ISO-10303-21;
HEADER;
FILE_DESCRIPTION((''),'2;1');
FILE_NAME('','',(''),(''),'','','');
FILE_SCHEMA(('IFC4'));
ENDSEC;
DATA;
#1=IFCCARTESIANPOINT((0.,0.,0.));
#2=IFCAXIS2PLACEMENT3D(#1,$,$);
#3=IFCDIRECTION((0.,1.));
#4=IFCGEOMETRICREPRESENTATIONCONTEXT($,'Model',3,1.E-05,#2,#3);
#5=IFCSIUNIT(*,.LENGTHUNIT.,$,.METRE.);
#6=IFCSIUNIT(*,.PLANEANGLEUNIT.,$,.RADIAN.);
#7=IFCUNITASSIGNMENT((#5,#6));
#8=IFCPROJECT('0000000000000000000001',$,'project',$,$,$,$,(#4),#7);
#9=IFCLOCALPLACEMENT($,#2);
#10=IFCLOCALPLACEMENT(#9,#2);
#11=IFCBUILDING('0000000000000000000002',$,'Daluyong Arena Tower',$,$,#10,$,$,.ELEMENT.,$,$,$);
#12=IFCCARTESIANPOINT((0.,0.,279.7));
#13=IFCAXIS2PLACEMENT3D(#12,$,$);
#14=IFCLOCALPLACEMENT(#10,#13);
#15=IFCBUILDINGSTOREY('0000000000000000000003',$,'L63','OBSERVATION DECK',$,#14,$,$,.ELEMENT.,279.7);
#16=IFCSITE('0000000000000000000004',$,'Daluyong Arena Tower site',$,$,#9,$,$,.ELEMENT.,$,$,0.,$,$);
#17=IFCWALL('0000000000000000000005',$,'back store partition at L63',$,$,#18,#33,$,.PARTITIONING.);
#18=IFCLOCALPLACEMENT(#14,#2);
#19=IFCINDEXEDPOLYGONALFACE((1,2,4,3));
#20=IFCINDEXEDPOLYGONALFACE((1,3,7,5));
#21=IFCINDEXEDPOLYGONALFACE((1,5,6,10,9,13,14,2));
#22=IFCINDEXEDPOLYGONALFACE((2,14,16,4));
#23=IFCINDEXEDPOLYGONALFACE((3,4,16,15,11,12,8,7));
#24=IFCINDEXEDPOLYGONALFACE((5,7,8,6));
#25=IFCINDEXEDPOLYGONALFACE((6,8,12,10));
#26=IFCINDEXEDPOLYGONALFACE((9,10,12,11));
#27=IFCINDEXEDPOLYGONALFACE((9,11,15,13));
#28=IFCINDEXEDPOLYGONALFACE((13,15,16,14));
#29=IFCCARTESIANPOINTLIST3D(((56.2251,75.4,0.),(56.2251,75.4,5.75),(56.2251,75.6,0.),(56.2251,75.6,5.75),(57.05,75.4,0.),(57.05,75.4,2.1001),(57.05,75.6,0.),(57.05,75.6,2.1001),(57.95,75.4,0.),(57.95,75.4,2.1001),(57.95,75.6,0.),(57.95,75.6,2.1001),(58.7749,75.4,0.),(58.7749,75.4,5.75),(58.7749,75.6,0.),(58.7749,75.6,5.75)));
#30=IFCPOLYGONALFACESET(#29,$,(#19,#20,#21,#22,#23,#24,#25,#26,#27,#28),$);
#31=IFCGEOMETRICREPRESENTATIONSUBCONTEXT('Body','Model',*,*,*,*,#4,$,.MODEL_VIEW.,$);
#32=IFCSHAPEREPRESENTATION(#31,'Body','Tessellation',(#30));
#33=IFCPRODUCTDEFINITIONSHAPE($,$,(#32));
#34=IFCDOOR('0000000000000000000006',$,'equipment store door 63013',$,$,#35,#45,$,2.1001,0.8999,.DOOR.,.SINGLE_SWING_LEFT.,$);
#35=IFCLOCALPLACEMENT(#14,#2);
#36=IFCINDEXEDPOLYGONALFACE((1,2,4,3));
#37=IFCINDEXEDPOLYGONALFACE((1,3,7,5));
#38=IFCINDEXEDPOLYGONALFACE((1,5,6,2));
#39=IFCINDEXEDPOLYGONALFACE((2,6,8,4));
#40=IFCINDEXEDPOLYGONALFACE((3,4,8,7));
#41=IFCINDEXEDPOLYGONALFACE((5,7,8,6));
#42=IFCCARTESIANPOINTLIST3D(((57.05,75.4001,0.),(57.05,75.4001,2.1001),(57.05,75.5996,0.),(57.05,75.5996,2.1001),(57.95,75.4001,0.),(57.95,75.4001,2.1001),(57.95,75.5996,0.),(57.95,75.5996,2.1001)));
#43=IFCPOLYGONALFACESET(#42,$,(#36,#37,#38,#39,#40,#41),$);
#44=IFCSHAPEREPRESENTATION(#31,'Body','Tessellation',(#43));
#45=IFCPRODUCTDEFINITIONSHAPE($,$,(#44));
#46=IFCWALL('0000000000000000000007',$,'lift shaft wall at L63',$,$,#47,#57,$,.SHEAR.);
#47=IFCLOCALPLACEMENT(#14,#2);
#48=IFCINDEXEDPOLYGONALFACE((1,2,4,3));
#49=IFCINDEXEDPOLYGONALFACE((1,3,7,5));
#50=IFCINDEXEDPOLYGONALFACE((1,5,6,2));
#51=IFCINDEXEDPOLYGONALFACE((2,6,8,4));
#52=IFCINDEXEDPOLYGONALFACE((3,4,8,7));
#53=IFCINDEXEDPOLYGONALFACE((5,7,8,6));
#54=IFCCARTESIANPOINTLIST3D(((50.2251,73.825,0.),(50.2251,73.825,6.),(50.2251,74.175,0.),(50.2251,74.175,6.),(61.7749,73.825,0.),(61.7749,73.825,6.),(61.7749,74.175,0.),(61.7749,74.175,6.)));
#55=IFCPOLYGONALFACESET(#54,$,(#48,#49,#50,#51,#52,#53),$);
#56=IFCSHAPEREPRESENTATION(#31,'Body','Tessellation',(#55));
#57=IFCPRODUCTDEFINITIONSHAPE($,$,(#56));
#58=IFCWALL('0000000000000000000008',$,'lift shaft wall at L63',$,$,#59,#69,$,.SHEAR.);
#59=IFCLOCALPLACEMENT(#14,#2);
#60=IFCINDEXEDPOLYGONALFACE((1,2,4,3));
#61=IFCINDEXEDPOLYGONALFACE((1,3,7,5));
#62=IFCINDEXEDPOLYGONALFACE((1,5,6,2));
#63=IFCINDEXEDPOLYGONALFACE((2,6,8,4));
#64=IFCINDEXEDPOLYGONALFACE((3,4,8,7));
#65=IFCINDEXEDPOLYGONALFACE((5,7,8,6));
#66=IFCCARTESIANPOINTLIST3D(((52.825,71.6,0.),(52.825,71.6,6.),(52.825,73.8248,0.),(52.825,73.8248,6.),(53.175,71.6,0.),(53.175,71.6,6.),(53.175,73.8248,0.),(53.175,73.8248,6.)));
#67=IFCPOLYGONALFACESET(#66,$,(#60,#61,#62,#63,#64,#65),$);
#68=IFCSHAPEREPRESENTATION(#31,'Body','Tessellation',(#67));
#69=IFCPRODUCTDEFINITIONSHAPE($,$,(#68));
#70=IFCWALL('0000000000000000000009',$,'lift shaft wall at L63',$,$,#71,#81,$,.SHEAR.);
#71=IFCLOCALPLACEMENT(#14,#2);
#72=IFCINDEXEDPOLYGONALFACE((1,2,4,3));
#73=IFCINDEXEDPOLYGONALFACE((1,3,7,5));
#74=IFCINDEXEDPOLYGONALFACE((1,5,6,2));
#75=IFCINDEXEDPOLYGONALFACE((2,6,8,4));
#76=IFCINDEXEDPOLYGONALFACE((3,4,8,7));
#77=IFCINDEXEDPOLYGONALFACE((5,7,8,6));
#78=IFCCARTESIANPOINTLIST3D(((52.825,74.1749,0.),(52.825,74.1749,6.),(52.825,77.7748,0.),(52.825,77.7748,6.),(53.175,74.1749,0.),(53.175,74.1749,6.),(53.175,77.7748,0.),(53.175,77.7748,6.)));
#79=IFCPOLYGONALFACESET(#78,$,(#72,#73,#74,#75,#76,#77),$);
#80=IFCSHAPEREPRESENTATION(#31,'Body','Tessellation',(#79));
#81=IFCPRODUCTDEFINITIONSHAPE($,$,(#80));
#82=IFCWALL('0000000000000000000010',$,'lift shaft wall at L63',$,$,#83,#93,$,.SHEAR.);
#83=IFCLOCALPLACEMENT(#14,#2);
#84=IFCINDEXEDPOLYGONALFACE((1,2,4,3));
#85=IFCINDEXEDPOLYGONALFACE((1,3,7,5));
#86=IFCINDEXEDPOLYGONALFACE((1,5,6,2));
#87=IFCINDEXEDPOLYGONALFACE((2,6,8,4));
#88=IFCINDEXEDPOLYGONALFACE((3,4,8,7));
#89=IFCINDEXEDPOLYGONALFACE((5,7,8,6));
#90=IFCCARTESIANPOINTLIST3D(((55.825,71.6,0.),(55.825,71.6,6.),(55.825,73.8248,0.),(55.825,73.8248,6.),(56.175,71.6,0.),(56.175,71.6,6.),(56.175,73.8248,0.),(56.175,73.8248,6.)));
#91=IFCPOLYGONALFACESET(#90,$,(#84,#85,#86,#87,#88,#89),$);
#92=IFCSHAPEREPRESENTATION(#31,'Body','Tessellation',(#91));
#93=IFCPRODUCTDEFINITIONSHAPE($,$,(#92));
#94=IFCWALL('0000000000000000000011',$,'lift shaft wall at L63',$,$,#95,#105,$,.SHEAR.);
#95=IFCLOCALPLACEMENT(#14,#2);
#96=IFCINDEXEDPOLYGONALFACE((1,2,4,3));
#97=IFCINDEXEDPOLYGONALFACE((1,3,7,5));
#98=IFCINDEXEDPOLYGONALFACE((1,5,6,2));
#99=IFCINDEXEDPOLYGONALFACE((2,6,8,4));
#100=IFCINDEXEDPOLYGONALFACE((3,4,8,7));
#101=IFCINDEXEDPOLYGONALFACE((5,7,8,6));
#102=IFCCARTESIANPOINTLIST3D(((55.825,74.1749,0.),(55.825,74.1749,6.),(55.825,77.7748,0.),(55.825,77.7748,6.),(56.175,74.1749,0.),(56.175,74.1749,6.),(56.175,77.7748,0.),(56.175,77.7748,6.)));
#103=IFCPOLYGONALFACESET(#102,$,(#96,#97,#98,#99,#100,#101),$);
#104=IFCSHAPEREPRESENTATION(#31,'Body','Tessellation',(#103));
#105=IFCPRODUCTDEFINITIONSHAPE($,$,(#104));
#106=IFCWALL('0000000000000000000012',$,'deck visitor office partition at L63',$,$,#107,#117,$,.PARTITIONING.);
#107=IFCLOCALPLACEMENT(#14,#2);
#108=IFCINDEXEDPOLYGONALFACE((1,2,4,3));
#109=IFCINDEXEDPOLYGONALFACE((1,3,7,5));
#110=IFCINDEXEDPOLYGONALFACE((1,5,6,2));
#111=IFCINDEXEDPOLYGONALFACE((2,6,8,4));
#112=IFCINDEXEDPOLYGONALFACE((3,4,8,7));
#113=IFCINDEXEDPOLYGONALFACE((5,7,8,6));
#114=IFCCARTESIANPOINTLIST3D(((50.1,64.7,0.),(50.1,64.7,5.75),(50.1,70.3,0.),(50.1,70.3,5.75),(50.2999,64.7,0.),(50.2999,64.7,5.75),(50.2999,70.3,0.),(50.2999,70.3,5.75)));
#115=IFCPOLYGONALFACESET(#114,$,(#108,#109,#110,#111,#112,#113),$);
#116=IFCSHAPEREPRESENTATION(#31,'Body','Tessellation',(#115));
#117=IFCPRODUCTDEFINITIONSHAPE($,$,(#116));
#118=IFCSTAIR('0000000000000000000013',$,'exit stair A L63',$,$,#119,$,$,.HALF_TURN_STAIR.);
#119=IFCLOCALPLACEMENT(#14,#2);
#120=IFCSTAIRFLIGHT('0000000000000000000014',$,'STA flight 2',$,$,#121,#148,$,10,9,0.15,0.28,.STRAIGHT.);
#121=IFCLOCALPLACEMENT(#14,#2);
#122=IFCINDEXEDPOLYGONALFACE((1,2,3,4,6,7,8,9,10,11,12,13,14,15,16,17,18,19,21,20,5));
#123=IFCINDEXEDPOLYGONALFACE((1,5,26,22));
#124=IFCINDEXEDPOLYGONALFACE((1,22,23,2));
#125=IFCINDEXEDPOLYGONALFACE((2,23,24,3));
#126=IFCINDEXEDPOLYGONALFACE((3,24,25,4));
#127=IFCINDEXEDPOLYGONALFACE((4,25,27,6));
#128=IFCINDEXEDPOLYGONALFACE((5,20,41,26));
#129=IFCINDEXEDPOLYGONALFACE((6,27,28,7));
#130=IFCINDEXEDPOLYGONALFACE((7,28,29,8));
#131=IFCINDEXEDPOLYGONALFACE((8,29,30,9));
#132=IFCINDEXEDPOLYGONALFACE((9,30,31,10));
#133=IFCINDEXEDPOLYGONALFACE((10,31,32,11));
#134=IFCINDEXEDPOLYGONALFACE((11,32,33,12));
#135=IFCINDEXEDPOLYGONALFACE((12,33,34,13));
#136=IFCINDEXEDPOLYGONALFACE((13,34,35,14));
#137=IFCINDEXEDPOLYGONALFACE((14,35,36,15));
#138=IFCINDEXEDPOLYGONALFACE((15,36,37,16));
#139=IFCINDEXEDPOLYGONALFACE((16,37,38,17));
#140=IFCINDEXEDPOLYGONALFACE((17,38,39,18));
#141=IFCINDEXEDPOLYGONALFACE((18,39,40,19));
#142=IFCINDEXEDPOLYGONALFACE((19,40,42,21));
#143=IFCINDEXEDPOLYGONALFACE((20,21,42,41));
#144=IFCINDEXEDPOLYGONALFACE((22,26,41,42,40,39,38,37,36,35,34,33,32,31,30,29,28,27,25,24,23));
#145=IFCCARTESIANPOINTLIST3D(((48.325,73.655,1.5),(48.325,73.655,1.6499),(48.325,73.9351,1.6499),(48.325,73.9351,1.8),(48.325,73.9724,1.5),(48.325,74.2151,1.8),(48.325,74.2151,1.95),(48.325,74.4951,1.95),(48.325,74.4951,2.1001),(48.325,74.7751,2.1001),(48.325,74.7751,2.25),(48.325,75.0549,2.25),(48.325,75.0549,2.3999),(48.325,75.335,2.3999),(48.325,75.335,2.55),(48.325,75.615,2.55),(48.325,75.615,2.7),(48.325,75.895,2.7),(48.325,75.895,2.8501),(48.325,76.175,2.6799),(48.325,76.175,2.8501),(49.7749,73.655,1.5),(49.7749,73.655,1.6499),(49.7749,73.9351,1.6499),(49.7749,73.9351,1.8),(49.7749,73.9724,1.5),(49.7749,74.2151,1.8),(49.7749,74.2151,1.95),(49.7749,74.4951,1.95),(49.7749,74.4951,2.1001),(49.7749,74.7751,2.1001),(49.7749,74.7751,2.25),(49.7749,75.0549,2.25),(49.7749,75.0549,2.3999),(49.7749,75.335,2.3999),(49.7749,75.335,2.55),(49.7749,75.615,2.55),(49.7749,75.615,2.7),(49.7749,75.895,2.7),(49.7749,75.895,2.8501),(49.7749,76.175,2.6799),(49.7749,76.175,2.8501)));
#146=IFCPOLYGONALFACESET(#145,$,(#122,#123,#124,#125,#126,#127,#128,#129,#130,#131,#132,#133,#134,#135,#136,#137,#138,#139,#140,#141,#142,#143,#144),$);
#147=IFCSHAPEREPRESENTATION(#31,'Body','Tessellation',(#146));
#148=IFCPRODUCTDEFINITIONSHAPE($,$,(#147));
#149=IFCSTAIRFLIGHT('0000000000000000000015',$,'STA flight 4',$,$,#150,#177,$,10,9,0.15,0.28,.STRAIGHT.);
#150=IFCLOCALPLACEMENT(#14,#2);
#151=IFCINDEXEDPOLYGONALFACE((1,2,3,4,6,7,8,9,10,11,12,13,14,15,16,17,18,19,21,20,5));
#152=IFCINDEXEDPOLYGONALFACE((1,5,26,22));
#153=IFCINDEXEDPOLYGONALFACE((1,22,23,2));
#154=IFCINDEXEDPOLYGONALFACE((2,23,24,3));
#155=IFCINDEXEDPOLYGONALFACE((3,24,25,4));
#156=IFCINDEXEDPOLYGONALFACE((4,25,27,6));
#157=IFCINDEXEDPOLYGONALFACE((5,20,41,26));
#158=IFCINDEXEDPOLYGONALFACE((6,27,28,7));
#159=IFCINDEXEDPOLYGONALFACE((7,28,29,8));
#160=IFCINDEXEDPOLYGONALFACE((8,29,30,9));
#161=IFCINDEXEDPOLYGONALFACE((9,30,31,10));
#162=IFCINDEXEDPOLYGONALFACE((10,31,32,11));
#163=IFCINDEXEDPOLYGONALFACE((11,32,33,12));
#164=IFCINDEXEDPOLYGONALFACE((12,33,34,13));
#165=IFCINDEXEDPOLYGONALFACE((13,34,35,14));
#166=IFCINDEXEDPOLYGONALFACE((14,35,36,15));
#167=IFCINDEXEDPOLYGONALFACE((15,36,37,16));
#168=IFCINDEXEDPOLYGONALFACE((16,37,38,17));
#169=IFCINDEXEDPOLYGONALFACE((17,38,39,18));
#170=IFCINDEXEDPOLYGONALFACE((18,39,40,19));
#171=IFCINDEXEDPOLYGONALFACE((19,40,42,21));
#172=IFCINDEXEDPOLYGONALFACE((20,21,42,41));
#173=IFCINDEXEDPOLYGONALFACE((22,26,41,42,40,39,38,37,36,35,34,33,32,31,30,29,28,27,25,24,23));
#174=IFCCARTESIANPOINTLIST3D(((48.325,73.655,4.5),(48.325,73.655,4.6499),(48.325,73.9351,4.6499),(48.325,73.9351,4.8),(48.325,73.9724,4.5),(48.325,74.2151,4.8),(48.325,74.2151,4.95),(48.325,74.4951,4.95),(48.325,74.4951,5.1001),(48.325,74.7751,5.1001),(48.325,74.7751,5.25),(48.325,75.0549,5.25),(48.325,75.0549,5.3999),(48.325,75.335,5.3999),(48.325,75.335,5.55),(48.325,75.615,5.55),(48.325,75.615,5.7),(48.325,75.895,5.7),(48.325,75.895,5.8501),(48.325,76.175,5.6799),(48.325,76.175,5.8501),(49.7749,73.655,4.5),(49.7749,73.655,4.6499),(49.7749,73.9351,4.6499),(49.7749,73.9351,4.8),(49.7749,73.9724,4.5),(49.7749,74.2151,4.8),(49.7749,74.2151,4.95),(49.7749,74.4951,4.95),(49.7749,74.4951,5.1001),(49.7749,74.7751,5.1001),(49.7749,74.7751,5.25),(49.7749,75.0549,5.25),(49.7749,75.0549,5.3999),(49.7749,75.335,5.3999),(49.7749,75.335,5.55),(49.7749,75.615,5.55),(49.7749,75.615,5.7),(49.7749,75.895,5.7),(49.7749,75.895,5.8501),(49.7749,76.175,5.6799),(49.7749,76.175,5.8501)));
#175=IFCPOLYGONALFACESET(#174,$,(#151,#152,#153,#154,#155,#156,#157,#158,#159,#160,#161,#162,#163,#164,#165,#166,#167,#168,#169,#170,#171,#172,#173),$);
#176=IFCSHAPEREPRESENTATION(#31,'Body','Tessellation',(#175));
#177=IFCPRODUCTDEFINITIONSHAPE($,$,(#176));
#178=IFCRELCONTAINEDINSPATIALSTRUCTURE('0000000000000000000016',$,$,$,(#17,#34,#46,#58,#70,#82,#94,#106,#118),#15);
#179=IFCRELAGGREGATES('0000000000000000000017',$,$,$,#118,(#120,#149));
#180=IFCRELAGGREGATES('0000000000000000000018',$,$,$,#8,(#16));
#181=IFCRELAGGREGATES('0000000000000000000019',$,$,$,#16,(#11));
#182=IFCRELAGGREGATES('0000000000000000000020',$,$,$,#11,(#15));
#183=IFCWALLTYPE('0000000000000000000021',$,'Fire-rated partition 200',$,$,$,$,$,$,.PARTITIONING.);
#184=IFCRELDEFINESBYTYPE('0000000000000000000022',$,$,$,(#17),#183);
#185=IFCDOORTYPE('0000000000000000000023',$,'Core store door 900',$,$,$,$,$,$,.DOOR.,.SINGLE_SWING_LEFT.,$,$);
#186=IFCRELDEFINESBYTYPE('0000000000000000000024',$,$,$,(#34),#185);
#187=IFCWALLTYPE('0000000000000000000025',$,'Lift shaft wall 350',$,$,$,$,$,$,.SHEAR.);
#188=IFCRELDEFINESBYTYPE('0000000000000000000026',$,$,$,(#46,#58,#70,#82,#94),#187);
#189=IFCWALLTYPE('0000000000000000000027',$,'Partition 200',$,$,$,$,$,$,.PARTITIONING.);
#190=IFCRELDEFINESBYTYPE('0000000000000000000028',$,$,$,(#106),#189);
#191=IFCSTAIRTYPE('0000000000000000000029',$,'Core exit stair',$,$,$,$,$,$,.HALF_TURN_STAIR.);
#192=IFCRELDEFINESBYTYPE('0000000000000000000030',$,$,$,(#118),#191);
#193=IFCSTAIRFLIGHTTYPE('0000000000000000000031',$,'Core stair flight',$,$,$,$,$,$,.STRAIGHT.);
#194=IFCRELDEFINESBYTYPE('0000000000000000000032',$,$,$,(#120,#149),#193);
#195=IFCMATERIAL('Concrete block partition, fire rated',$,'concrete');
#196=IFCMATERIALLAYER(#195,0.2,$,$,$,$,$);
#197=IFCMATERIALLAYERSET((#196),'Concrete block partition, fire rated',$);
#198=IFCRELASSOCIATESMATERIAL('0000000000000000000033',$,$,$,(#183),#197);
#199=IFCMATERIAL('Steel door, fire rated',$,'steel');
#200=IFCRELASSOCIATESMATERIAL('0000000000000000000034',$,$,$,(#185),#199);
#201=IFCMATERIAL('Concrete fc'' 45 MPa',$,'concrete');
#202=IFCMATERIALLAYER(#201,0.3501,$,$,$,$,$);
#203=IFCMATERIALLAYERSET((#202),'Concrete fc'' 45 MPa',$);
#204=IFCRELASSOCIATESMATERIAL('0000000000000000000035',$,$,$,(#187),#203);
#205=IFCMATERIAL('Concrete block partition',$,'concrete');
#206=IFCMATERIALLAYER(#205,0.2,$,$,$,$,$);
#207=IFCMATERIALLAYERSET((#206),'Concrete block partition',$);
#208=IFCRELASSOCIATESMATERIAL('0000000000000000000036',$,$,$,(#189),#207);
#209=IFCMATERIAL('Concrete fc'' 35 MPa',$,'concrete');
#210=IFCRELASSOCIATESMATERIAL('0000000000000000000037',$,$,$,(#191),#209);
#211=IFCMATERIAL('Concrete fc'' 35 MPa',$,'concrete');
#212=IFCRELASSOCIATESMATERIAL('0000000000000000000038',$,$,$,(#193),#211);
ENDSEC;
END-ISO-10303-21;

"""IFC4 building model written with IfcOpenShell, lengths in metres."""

from ifc_helpers import new_model, si_unit, direction, frame, frame_2d, origin, place, context, subcontext, project, spatial, polyline, rectangle, outline, extrude, material, layer, layer_set, type_object, element, fill, aggregate, save


model = new_model("IFC4")

# Units and contexts
model_context = context("Model", 3, precision=1e-05, world=origin(), true_north=direction((0.0, 1.0)))
body_context = subcontext(model_context, "Body", "Model", "MODEL_VIEW")
ifc_project = project(units=[si_unit("LENGTHUNIT", "METRE"), si_unit("PLANEANGLEUNIT", "RADIAN")], contexts=[model_context])

# Site, building, storey
site_placement = place(None, origin())
site = spatial("IfcSite", under=ifc_project, at=site_placement, Name="Daluyong Arena Tower site", CompositionType="ELEMENT", RefElevation=0.0)
building_placement = place(site_placement, origin())
building = spatial("IfcBuilding", under=site, at=building_placement, Name="Daluyong Arena Tower", CompositionType="ELEMENT")
storey_placement = place(building_placement, frame((0.0, 0.0, 279.7)))
storey = spatial("IfcBuildingStorey", under=building, at=storey_placement, Name="L63", Description="OBSERVATION DECK", CompositionType="ELEMENT", Elevation=279.7)

# Wall, opening, door
ifc_material_1 = material(Name="Concrete block partition, fire rated", Category="concrete")
ifc_layer_1 = layer(ifc_material_1, 0.2)
ifc_layer_set_1 = layer_set([ifc_layer_1], Name="Concrete block partition, fire rated")
wall_type_1 = type_object("IfcWallType", Name="Fire-rated partition 200", PredefinedType="PARTITIONING", material=ifc_layer_set_1)
ifc_material_2 = material(Name="Steel door, fire rated", Category="steel")
door_type_1 = type_object("IfcDoorType", Name="Core store door 900", OperationType="SINGLE_SWING_LEFT", PredefinedType="DOOR", material=ifc_material_2)
wall_1_placement = place(storey_placement, frame((56.2251, 75.5, 0.0), z_axis=(0.0, 0.0, 1.0), x_axis=(1.0, 0.0, 0.0)))
wall_1 = element("IfcWall", 1, at=wall_1_placement, inside=storey, type_object=wall_type_1, Name="back store partition at L63", PredefinedType="PARTITIONING", context=body_context, shape_type="SweptSolid", body=[
    extrude(rectangle(XDim=2.5498, YDim=0.2, at=frame_2d((1.2749, 0.0))), origin(), (0.0, 0.0, 1.0), 5.75),
])
opening_1_placement = place(wall_1_placement, frame((0.825, 0.0, 0.0)))
opening_1 = element("IfcOpeningElement", 2, at=opening_1_placement, cuts=wall_1, PredefinedType="OPENING", context=body_context, shape_type="SweptSolid", body=[
    extrude(rectangle(XDim=0.8999, YDim=2.1001, at=frame_2d((0.45, 1.05))), frame((0.0, 0.1099, 0.0), z_axis=(0.0, -1.0, 0.0), x_axis=(1.0, 0.0, 0.0)), (0.0, 0.0, 1.0), 0.22),
])
door_1_placement = place(opening_1_placement, origin())
door_1 = element("IfcDoor", 3, at=door_1_placement, inside=storey, type_object=door_type_1, Name="equipment store door 63013", OperationType="SINGLE_SWING_LEFT", OverallHeight=2.1001, OverallWidth=0.8999, PredefinedType="DOOR", context=body_context, shape_type="SweptSolid", body=[
    extrude(rectangle(XDim=0.8999, YDim=2.1001, at=frame_2d((0.45, 1.05))), frame((0.0, 0.0996, 0.0), z_axis=(0.0, -1.0, 0.0), x_axis=(1.0, 0.0, 0.0)), (0.0, 0.0, 1.0), 0.1995),
])
fill(opening_1, door_1)

# Walls
ifc_material_3 = material(Name="Concrete fc' 45 MPa", Category="concrete")
ifc_layer_2 = layer(ifc_material_3, 0.3501)
ifc_layer_set_2 = layer_set([ifc_layer_2], Name="Concrete fc' 45 MPa")
wall_type_2 = type_object("IfcWallType", Name="Lift shaft wall 350", PredefinedType="SHEAR", material=ifc_layer_set_2)
wall_2_placement = place(storey_placement, frame((50.2251, 74.0, 0.0), z_axis=(0.0, 0.0, 1.0), x_axis=(1.0, 0.0, 0.0)))
element("IfcWall", 4, at=wall_2_placement, inside=storey, type_object=wall_type_2, Name="lift shaft wall at L63", PredefinedType="SHEAR", context=body_context, shape_type="SweptSolid", body=[
    extrude(rectangle(XDim=11.5498, YDim=0.3501, at=frame_2d((5.7749, 0.0))), origin(), (0.0, 0.0, 1.0), 6.0),
])
wall_3_placement = place(storey_placement, frame((53.0, 71.6001, 0.0), z_axis=(0.0, 0.0, 1.0), x_axis=(0.0, 1.0, 0.0)))
element("IfcWall", 5, at=wall_3_placement, inside=storey, type_object=wall_type_2, Name="lift shaft wall at L63", PredefinedType="SHEAR", context=body_context, shape_type="SweptSolid", body=[
    extrude(rectangle(XDim=2.2249, YDim=0.3501, at=frame_2d((1.1123, 0.0))), origin(), (0.0, 0.0, 1.0), 6.0),
])
wall_4_placement = place(storey_placement, frame((53.0, 74.175, 0.0), z_axis=(0.0, 0.0, 1.0), x_axis=(0.0, 1.0, 0.0)))
element("IfcWall", 6, at=wall_4_placement, inside=storey, type_object=wall_type_2, Name="lift shaft wall at L63", PredefinedType="SHEAR", context=body_context, shape_type="SweptSolid", body=[
    extrude(rectangle(XDim=3.5999, YDim=0.3501, at=frame_2d((1.7998, 0.0))), origin(), (0.0, 0.0, 1.0), 6.0),
])
wall_5_placement = place(storey_placement, frame((56.0, 71.6001, 0.0), z_axis=(0.0, 0.0, 1.0), x_axis=(0.0, 1.0, 0.0)))
element("IfcWall", 7, at=wall_5_placement, inside=storey, type_object=wall_type_2, Name="lift shaft wall at L63", PredefinedType="SHEAR", context=body_context, shape_type="SweptSolid", body=[
    extrude(rectangle(XDim=2.2249, YDim=0.3501, at=frame_2d((1.1123, 0.0))), origin(), (0.0, 0.0, 1.0), 6.0),
])
wall_6_placement = place(storey_placement, frame((56.0, 74.175, 0.0), z_axis=(0.0, 0.0, 1.0), x_axis=(0.0, 1.0, 0.0)))
element("IfcWall", 8, at=wall_6_placement, inside=storey, type_object=wall_type_2, Name="lift shaft wall at L63", PredefinedType="SHEAR", context=body_context, shape_type="SweptSolid", body=[
    extrude(rectangle(XDim=3.5999, YDim=0.3501, at=frame_2d((1.7998, 0.0))), origin(), (0.0, 0.0, 1.0), 6.0),
])
ifc_material_4 = material(Name="Concrete block partition", Category="concrete")
ifc_layer_3 = layer(ifc_material_4, 0.2)
ifc_layer_set_3 = layer_set([ifc_layer_3], Name="Concrete block partition")
wall_type_3 = type_object("IfcWallType", Name="Partition 200", PredefinedType="PARTITIONING", material=ifc_layer_set_3)
wall_7_placement = place(storey_placement, frame((50.2, 64.7, 0.0), z_axis=(0.0, 0.0, 1.0), x_axis=(0.0, 1.0, 0.0)))
element("IfcWall", 9, at=wall_7_placement, inside=storey, type_object=wall_type_3, Name="deck visitor office partition at L63", PredefinedType="PARTITIONING", context=body_context, shape_type="SweptSolid", body=[
    extrude(rectangle(XDim=5.6001, YDim=0.2, at=frame_2d((2.8, 0.0))), origin(), (0.0, 0.0, 1.0), 5.75),
])

# Stair, stair flights
ifc_material_5 = material(Name="Concrete fc' 35 MPa", Category="concrete")
stair_type = type_object("IfcStairType", Name="Core exit stair", PredefinedType="HALF_TURN_STAIR", material=ifc_material_5)
stair_placement = place(storey_placement, origin())
stair = element("IfcStair", 10, at=stair_placement, inside=storey, type_object=stair_type, Name="exit stair A L63", PredefinedType="HALF_TURN_STAIR")
ifc_material_6 = material(Name="Concrete fc' 35 MPa", Category="concrete")
stair_flight_type = type_object("IfcStairFlightType", Name="Core stair flight", PredefinedType="STRAIGHT", material=ifc_material_6)
stair_flight_1_placement = place(storey_placement, frame((49.05, 73.655, 1.5), z_axis=(0.0, 0.0, 1.0), x_axis=(0.0, 1.0, 0.0)))
stair_flight_1 = element("IfcStairFlight", 11, at=stair_flight_1_placement, type_object=stair_flight_type, Name="STA flight 2", NumberOfRisers=10, NumberOfTreads=9, PredefinedType="STRAIGHT", RiserHeight=0.15, TreadLength=0.28, context=body_context, shape_type="SweptSolid", body=[
    extrude(outline(polyline([(0.0, 0.0), (0.0, 0.1499), (0.28, 0.1499), (0.28, 0.3), (0.5601, 0.3), (0.5601, 0.45), (0.8401, 0.45), (0.8401, 0.6001), (1.1201, 0.6001), (1.1201, 0.75), (1.3999, 0.75), (1.3999, 0.8999), (1.6799, 0.8999), (1.6799, 1.05), (1.96, 1.05), (1.96, 1.2), (2.24, 1.2), (2.24, 1.3501), (2.52, 1.3501), (2.52, 1.5), (2.52, 1.1799), (0.3174, 0.0), (0.0, 0.0)])), frame((0.0, 0.7251, 0.0), z_axis=(0.0, -1.0, 0.0), x_axis=(1.0, 0.0, 0.0)), (0.0, 0.0, 1.0), 1.45),
])
stair_flight_2_placement = place(storey_placement, frame((49.05, 73.655, 4.5), z_axis=(0.0, 0.0, 1.0), x_axis=(0.0, 1.0, 0.0)))
stair_flight_2 = element("IfcStairFlight", 12, at=stair_flight_2_placement, type_object=stair_flight_type, Name="STA flight 4", NumberOfRisers=10, NumberOfTreads=9, PredefinedType="STRAIGHT", RiserHeight=0.15, TreadLength=0.28, context=body_context, shape_type="SweptSolid", body=[
    extrude(outline(polyline([(0.0, 0.0), (0.0, 0.1499), (0.28, 0.1499), (0.28, 0.3), (0.5601, 0.3), (0.5601, 0.45), (0.8401, 0.45), (0.8401, 0.6001), (1.1201, 0.6001), (1.1201, 0.75), (1.3999, 0.75), (1.3999, 0.8999), (1.6799, 0.8999), (1.6799, 1.05), (1.96, 1.05), (1.96, 1.2), (2.24, 1.2), (2.24, 1.3501), (2.52, 1.3501), (2.52, 1.5), (2.52, 1.1799), (0.3174, 0.0), (0.0, 0.0)])), frame((0.0, 0.7251, 0.0), z_axis=(0.0, -1.0, 0.0), x_axis=(1.0, 0.0, 0.0)), (0.0, 0.0, 1.0), 1.45),
])
aggregate(stair, [stair_flight_1, stair_flight_2])

save(model, "model.ifc")
